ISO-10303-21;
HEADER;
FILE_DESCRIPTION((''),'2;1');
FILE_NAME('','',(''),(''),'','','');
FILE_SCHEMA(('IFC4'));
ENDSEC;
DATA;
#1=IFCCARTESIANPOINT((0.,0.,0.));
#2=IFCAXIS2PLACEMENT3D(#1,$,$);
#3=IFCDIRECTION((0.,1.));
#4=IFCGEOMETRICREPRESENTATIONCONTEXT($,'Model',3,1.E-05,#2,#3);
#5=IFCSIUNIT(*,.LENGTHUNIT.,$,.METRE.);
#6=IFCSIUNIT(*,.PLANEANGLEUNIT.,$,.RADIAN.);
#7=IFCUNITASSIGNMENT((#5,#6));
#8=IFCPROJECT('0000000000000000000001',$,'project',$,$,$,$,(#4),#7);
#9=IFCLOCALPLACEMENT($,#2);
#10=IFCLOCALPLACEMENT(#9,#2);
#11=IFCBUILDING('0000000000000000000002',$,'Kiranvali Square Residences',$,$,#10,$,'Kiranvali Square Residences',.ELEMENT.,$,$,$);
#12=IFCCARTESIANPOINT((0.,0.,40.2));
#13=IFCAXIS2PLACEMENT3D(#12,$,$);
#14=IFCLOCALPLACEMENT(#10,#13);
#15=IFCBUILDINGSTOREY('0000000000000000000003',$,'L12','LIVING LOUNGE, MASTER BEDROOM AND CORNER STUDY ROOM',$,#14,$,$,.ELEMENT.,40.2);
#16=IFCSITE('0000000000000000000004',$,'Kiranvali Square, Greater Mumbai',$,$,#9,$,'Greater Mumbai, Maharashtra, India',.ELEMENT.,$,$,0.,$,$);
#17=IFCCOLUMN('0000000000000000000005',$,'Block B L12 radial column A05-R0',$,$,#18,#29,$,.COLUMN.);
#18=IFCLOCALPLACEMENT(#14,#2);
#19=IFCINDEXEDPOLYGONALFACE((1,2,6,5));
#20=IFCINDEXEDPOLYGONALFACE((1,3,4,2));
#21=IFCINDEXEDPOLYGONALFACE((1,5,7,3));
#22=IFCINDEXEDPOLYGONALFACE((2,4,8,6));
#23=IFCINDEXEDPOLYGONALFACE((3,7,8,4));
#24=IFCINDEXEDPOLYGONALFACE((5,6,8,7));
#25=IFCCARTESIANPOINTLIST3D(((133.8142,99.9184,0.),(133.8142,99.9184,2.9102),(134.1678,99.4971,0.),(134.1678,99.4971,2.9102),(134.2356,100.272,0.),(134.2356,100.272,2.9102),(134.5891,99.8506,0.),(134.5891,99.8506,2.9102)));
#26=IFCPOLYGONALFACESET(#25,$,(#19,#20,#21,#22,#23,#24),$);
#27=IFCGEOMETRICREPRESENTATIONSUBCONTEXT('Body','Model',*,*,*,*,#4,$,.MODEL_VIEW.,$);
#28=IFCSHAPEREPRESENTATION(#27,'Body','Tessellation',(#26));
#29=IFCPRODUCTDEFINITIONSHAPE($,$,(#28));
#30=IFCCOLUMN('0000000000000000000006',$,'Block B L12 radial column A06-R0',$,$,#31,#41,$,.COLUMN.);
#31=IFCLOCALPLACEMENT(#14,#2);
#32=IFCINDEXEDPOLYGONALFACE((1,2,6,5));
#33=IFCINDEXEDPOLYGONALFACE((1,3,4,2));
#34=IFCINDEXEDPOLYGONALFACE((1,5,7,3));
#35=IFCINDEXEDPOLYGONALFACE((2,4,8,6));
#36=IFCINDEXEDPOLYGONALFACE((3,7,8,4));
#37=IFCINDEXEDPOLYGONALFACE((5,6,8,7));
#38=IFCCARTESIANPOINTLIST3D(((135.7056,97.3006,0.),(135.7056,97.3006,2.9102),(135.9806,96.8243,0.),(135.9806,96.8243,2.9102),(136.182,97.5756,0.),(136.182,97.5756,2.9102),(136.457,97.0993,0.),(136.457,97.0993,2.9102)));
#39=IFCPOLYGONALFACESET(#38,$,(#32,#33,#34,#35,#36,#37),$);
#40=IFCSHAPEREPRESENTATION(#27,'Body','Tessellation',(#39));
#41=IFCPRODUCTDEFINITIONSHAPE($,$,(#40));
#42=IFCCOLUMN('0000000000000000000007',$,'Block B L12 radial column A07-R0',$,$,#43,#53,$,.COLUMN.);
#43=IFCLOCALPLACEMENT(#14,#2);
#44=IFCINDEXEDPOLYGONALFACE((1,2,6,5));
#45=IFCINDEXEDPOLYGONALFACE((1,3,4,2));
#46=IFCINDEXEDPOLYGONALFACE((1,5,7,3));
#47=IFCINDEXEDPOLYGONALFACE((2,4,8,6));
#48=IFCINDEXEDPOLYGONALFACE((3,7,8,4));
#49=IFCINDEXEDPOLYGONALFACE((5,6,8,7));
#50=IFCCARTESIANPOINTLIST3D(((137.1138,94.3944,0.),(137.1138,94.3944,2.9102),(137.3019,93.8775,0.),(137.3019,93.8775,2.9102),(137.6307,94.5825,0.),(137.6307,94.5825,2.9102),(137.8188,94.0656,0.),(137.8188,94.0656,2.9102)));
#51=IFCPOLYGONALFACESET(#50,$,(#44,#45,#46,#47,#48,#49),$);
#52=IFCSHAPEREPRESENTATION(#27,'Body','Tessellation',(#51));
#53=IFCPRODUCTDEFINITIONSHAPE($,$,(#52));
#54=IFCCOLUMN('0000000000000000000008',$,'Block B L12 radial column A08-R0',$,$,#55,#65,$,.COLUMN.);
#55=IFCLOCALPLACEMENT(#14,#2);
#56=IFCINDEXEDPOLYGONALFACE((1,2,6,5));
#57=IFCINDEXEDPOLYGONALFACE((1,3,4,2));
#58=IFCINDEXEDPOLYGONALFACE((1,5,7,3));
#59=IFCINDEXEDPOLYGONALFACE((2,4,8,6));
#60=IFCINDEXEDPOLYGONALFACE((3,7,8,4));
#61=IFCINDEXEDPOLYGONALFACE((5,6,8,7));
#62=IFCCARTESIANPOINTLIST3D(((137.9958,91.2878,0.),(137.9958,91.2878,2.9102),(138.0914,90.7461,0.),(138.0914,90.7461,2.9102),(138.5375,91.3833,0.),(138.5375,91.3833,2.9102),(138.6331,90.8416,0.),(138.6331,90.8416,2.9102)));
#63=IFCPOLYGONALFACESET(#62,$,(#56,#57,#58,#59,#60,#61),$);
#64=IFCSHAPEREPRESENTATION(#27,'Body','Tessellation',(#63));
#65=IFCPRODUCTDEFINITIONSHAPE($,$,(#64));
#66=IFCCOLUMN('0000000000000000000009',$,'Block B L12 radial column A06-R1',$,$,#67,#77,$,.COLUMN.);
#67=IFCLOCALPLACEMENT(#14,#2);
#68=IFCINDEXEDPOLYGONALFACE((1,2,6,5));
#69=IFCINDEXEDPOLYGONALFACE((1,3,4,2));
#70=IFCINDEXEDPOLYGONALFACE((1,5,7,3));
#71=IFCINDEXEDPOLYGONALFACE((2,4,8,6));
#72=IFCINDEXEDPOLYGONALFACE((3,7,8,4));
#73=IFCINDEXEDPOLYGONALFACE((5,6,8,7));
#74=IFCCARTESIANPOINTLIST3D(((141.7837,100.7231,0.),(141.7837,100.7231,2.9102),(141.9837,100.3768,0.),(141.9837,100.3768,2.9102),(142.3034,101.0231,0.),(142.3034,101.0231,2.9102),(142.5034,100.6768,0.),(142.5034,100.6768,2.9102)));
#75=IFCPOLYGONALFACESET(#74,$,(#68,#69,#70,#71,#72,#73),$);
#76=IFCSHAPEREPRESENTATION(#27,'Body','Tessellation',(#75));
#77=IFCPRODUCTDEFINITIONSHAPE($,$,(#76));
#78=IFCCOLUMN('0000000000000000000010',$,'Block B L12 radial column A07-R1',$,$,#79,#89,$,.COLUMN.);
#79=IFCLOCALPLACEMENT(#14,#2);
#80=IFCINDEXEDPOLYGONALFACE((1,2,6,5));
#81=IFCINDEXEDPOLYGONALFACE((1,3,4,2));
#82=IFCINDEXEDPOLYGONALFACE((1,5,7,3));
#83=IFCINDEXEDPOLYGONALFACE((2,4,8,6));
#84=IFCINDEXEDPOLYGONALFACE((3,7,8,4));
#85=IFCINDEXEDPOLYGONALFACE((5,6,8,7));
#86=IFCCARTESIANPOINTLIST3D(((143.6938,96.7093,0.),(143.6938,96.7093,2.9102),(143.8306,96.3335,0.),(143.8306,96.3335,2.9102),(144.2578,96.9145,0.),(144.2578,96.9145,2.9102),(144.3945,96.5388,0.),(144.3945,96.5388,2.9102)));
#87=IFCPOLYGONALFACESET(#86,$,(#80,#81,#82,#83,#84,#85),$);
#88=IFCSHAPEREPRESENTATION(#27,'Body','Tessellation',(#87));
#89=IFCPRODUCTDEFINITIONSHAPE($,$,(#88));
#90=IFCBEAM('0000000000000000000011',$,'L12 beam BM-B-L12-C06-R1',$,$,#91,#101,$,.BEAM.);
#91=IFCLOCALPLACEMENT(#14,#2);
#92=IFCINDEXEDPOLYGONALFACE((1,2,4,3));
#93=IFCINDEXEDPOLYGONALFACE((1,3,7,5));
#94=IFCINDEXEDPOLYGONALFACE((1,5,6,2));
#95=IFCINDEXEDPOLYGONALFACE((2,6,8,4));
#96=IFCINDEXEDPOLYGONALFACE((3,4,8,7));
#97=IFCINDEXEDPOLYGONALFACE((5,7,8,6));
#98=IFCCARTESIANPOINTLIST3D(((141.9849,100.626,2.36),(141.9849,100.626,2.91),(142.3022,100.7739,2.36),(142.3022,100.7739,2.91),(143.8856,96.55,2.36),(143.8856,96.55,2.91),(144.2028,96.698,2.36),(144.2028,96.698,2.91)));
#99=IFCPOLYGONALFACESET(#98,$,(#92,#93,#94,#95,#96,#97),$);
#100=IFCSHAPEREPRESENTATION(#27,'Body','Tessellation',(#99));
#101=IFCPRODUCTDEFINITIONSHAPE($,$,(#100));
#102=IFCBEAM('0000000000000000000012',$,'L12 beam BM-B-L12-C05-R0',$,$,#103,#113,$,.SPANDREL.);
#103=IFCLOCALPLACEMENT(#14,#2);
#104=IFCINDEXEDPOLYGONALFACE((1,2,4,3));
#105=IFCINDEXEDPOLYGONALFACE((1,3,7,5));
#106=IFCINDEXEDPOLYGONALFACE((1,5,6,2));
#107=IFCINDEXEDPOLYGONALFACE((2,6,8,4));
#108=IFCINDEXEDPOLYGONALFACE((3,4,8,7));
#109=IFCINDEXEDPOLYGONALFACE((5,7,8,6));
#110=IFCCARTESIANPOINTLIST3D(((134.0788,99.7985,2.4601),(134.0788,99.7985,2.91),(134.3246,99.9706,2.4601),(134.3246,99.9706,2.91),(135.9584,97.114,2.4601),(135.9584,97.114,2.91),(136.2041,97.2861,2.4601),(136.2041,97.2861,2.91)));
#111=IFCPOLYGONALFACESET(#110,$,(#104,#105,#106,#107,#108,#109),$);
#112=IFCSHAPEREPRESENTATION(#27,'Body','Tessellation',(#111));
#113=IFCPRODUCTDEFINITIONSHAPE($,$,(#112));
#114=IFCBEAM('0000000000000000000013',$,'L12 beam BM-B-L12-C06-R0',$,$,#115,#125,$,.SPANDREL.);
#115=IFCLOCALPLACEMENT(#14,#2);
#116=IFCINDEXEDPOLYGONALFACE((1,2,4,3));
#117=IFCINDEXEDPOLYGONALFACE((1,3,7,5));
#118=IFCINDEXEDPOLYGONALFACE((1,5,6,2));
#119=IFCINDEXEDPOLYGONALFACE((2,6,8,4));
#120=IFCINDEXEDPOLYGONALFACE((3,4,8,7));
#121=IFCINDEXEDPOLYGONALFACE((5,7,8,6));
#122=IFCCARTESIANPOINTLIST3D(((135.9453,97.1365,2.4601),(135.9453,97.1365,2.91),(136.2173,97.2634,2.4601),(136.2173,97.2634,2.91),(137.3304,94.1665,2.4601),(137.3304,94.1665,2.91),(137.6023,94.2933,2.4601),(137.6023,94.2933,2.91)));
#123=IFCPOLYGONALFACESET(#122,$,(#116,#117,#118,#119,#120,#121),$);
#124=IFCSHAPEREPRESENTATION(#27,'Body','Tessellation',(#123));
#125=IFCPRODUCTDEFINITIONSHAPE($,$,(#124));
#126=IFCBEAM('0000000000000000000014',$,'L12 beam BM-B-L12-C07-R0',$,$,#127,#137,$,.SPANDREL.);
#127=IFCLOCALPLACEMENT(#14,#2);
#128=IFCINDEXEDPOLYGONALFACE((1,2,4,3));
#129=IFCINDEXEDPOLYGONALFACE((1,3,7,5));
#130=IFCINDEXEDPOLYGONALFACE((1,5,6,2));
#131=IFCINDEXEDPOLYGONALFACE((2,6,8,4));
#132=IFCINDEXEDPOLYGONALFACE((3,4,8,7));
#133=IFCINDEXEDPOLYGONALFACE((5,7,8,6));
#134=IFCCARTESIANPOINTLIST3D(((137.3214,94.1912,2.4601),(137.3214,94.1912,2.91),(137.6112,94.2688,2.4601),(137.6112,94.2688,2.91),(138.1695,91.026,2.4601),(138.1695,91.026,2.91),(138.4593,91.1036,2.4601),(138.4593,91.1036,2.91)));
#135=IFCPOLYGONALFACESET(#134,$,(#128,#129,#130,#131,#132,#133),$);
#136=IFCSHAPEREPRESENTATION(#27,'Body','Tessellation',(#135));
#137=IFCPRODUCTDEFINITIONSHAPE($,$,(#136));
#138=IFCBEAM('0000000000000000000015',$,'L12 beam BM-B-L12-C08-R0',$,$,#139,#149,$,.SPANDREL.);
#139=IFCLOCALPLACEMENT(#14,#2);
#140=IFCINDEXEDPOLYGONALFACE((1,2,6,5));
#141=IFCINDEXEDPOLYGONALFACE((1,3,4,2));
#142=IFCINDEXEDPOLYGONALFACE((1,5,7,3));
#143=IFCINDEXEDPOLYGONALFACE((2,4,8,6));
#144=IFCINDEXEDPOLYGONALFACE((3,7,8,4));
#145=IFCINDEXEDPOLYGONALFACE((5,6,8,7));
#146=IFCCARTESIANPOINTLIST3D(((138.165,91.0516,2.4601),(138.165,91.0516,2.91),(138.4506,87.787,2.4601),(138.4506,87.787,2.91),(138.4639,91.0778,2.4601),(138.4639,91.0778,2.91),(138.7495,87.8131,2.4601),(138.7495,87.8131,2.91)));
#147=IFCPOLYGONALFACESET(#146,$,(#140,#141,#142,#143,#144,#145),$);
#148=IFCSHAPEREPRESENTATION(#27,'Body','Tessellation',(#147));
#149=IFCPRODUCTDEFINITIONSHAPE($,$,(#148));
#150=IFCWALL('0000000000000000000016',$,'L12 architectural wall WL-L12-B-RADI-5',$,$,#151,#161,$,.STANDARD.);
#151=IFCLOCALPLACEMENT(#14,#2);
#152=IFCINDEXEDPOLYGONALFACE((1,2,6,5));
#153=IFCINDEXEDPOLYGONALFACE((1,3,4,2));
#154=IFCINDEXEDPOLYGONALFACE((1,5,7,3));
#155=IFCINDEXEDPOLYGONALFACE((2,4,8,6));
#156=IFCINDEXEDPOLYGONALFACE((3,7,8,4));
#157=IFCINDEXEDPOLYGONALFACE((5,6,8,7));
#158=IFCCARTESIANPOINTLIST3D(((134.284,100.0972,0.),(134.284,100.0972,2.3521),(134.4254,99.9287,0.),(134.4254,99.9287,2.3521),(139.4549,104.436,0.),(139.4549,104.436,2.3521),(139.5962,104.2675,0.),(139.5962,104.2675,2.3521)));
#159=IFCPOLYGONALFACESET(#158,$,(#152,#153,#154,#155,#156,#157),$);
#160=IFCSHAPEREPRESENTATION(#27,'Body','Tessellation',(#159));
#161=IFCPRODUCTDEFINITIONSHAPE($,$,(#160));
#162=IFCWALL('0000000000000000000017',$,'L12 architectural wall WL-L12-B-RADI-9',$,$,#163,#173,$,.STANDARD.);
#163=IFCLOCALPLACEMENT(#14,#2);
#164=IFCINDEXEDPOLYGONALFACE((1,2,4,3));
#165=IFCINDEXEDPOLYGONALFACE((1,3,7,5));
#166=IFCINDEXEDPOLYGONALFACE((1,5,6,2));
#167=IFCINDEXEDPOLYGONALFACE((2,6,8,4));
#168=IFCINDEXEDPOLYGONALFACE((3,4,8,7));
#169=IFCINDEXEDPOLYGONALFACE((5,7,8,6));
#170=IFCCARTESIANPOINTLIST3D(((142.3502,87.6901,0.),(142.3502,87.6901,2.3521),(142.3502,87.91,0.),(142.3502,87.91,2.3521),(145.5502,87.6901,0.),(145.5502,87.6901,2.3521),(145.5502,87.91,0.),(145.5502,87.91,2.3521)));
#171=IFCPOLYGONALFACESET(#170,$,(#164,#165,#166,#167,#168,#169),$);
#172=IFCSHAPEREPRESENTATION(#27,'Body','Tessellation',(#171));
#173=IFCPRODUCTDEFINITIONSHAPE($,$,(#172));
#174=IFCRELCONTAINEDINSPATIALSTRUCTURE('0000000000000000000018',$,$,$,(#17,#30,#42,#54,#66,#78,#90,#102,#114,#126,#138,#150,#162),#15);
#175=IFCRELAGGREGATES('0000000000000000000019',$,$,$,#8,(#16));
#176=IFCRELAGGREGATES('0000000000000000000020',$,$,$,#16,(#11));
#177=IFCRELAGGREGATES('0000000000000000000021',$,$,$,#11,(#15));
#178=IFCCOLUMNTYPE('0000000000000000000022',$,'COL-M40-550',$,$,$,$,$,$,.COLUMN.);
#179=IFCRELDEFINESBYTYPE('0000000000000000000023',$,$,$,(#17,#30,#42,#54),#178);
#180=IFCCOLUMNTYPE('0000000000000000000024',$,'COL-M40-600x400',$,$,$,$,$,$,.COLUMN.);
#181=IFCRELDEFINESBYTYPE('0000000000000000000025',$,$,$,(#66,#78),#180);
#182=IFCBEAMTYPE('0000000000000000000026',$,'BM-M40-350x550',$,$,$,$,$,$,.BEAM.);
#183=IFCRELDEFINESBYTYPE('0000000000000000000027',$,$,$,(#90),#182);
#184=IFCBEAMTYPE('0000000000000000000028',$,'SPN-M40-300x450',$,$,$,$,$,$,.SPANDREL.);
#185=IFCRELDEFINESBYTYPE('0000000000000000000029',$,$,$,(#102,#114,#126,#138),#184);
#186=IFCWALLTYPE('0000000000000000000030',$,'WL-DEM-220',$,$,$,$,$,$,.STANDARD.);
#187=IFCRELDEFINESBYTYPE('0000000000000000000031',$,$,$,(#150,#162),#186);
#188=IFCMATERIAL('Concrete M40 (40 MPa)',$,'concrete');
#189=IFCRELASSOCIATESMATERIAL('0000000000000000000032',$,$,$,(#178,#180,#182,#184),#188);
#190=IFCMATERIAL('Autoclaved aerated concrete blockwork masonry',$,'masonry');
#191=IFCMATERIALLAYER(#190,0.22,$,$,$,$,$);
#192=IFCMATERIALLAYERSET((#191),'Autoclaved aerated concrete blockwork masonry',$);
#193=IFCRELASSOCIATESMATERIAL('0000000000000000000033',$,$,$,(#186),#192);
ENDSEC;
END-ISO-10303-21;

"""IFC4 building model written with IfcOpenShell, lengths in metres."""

from ifc_helpers import new_model, si_unit, direction, frame, frame_2d, origin, origin_2d, place, context, subcontext, project, spatial, rectangle, extrude, material, layer, layer_set, material_profile, profile_set, type_object, element, save


model = new_model("IFC4")

# Units and contexts
model_context = context("Model", 3, precision=1e-05, world=origin(), true_north=direction((0.0, 1.0)))
body_context = subcontext(model_context, "Body", "Model", "MODEL_VIEW")
ifc_project = project(units=[si_unit("LENGTHUNIT", "METRE"), si_unit("PLANEANGLEUNIT", "RADIAN")], contexts=[model_context])

# Site, building, storey
site_placement = place(None, origin())
site = spatial("IfcSite", under=ifc_project, at=site_placement, Name="Kiranvali Square, Greater Mumbai", LongName="Greater Mumbai, Maharashtra, India", CompositionType="ELEMENT", RefElevation=0.0)
building_placement = place(site_placement, origin())
building = spatial("IfcBuilding", under=site, at=building_placement, Name="Kiranvali Square Residences", LongName="Kiranvali Square Residences", CompositionType="ELEMENT")
storey_placement = place(building_placement, frame((0.0, 0.0, 40.2)))
storey = spatial("IfcBuildingStorey", under=building, at=storey_placement, Name="L12", Description="LIVING LOUNGE, MASTER BEDROOM AND CORNER STUDY ROOM", CompositionType="ELEMENT", Elevation=40.2)

# Columns
ifc_material_1 = material(Name="Concrete M40 (40 MPa)", Category="concrete")
ifc_material_profile_1 = material_profile(ifc_material_1, rectangle(XDim=0.55, YDim=0.55, at=origin_2d()), Name="RC 550x550")
ifc_profile_set_1 = profile_set([ifc_material_profile_1], Name="Concrete M40 (40 MPa)")
column_type_1 = type_object("IfcColumnType", Name="COL-M40-550", PredefinedType="COLUMN", material=ifc_profile_set_1)
for number, where, z_axis, x_axis, name in (
    (1, (134.2017, 99.8845, 0.0), (0.0, 0.0, 1.0), (-0.642788, 0.766044, 0.0), "Block B L12 radial column A05-R0"),
    (2, (136.0813, 97.2, 0.0), (0.0, 0.0, 1.0), (-0.5, 0.866025, 0.0), "Block B L12 radial column A06-R0"),
    (3, (137.4663, 94.23, 0.0), (0.0, 0.0, 1.0), (-0.34202, 0.939693, 0.0), "Block B L12 radial column A07-R0"),
    (4, (138.3145, 91.0647, 0.0), (0.0, 0.0, 1.0), (-0.173648, 0.984808, 0.0), "Block B L12 radial column A08-R0"),
):
    element("IfcColumn", number, at=place(storey_placement, frame(where, z_axis=z_axis, x_axis=x_axis)), inside=storey, type_object=column_type_1, Name=name, PredefinedType="COLUMN", context=body_context, shape_type="SweptSolid", body=[
        extrude(rectangle(XDim=0.55, YDim=0.55, at=origin_2d()), origin(), (0.0, 0.0, 1.0), 2.9102),
    ])
ifc_material_profile_2 = material_profile(ifc_material_1, rectangle(XDim=0.3999, YDim=0.6001, at=origin_2d()), Name="RC 600x400")
ifc_profile_set_2 = profile_set([ifc_material_profile_2], Name="Concrete M40 (40 MPa)")
column_type_2 = type_object("IfcColumnType", Name="COL-M40-600x400", PredefinedType="COLUMN", material=ifc_profile_set_2)
for number, where, z_axis, x_axis, name in (
    (5, (142.1436, 100.7, 0.0), (0.0, 0.0, 1.0), (-0.5, 0.866025, 0.0), "Block B L12 radial column A06-R1"),
    (6, (144.0442, 96.624, 0.0), (0.0, 0.0, 1.0), (-0.34202, 0.939693, 0.0), "Block B L12 radial column A07-R1"),
):
    element("IfcColumn", number, at=place(storey_placement, frame(where, z_axis=z_axis, x_axis=x_axis)), inside=storey, type_object=column_type_2, Name=name, PredefinedType="COLUMN", context=body_context, shape_type="SweptSolid", body=[
        extrude(rectangle(XDim=0.3999, YDim=0.6001, at=origin_2d()), origin(), (0.0, 0.0, 1.0), 2.9102),
    ])

# Beams
ifc_material_profile_3 = material_profile(ifc_material_1, rectangle(XDim=0.3501, YDim=0.55, at=origin_2d()), Name="RC 350x550")
ifc_profile_set_3 = profile_set([ifc_material_profile_3], Name="Concrete M40 (40 MPa)")
beam_type_1 = type_object("IfcBeamType", Name="BM-M40-350x550", PredefinedType="BEAM", material=ifc_profile_set_3)
beam_1_placement = place(storey_placement, frame((142.1436, 100.7, 2.635), z_axis=(0.422618, -0.906308, 0.0), x_axis=(0.906308, 0.422618, 0.0)))
element("IfcBeam", 7, at=beam_1_placement, inside=storey, type_object=beam_type_1, Name="L12 beam BM-B-L12-C06-R1", PredefinedType="BEAM", context=body_context, shape_type="SweptSolid", body=[
    extrude(rectangle(XDim=0.3501, YDim=0.55, at=origin_2d()), origin(), (0.0, 0.0, 1.0), 4.4973),
])
ifc_material_profile_4 = material_profile(ifc_material_1, rectangle(XDim=0.3, YDim=0.45, at=origin_2d()), Name="RC 300x450")
ifc_profile_set_4 = profile_set([ifc_material_profile_4], Name="Concrete M40 (40 MPa)")
beam_type_2 = type_object("IfcBeamType", Name="SPN-M40-300x450", PredefinedType="SPANDREL", material=ifc_profile_set_4)
for number, where, z_axis, x_axis, name in (
    (8, (134.2017, 99.8845, 2.6851), (0.573552, -0.819169, 0.0), (0.819169, 0.573552, 0.0), "L12 beam BM-B-L12-C05-R0"),
    (9, (136.0813, 97.2, 2.6851), (0.422641, -0.906297, 0.0), (0.906297, 0.422641, 0.0), "L12 beam BM-B-L12-C06-R0"),
):
    element("IfcBeam", number, at=place(storey_placement, frame(where, z_axis=z_axis, x_axis=x_axis)), inside=storey, type_object=beam_type_2, Name=name, PredefinedType="SPANDREL", context=body_context, shape_type="SweptSolid", body=[
        extrude(rectangle(XDim=0.3, YDim=0.45, at=origin_2d()), origin(), (0.0, 0.0, 1.0), 3.2771),
    ])
beam_2_placement = place(storey_placement, frame((137.4663, 94.23, 2.6851), z_axis=(0.258822, -0.965925, 0.0), x_axis=(0.965925, 0.258822, 0.0)))
element("IfcBeam", 10, at=beam_2_placement, inside=storey, type_object=beam_type_2, Name="L12 beam BM-B-L12-C07-R0", PredefinedType="SPANDREL", context=body_context, shape_type="SweptSolid", body=[
    extrude(rectangle(XDim=0.3, YDim=0.45, at=origin_2d()), origin(), (0.0, 0.0, 1.0), 3.2769),
])
beam_3_placement = place(storey_placement, frame((138.3145, 91.0647, 2.6851), z_axis=(0.087163, -0.996194, 0.0), x_axis=(0.996194, 0.087163, 0.0)))
element("IfcBeam", 11, at=beam_3_placement, inside=storey, type_object=beam_type_2, Name="L12 beam BM-B-L12-C08-R0", PredefinedType="SPANDREL", context=body_context, shape_type="SweptSolid", body=[
    extrude(rectangle(XDim=0.3, YDim=0.45, at=origin_2d()), origin(), (0.0, 0.0, 1.0), 3.2771),
])

# Walls
ifc_material_2 = material(Name="Autoclaved aerated concrete blockwork masonry", Category="masonry")
ifc_layer_1 = layer(ifc_material_2, 0.22)
ifc_layer_set_1 = layer_set([ifc_layer_1], Name="Autoclaved aerated concrete blockwork masonry")
wall_type_1 = type_object("IfcWallType", Name="WL-DEM-220", PredefinedType="STANDARD", material=ifc_layer_set_1)
wall_1_placement = place(storey_placement, frame((134.3547, 100.0129, 0.0), z_axis=(0.0, 0.0, 1.0), x_axis=(0.766047, 0.642785, 0.0)))
element("IfcWall", 12, at=wall_1_placement, inside=storey, type_object=wall_type_1, Name="L12 architectural wall WL-L12-B-RADI-5", PredefinedType="STANDARD", context=body_context, shape_type="SweptSolid", body=[
    extrude(rectangle(XDim=6.75, YDim=0.22, at=frame_2d((3.375, 0.0))), origin(), (0.0, 0.0, 1.0), 2.3521),
])
wall_2_placement = place(storey_placement, frame((142.3501, 87.8, 0.0), z_axis=(0.0, 0.0, 1.0), x_axis=(1.0, 0.0, 0.0)))
element("IfcWall", 13, at=wall_2_placement, inside=storey, type_object=wall_type_1, Name="L12 architectural wall WL-L12-B-RADI-9", PredefinedType="STANDARD", context=body_context, shape_type="SweptSolid", body=[
    extrude(rectangle(XDim=3.2, YDim=0.22, at=frame_2d((1.6001, 0.0))), origin(), (0.0, 0.0, 1.0), 2.3521),
])

save(model, "model.ifc")
